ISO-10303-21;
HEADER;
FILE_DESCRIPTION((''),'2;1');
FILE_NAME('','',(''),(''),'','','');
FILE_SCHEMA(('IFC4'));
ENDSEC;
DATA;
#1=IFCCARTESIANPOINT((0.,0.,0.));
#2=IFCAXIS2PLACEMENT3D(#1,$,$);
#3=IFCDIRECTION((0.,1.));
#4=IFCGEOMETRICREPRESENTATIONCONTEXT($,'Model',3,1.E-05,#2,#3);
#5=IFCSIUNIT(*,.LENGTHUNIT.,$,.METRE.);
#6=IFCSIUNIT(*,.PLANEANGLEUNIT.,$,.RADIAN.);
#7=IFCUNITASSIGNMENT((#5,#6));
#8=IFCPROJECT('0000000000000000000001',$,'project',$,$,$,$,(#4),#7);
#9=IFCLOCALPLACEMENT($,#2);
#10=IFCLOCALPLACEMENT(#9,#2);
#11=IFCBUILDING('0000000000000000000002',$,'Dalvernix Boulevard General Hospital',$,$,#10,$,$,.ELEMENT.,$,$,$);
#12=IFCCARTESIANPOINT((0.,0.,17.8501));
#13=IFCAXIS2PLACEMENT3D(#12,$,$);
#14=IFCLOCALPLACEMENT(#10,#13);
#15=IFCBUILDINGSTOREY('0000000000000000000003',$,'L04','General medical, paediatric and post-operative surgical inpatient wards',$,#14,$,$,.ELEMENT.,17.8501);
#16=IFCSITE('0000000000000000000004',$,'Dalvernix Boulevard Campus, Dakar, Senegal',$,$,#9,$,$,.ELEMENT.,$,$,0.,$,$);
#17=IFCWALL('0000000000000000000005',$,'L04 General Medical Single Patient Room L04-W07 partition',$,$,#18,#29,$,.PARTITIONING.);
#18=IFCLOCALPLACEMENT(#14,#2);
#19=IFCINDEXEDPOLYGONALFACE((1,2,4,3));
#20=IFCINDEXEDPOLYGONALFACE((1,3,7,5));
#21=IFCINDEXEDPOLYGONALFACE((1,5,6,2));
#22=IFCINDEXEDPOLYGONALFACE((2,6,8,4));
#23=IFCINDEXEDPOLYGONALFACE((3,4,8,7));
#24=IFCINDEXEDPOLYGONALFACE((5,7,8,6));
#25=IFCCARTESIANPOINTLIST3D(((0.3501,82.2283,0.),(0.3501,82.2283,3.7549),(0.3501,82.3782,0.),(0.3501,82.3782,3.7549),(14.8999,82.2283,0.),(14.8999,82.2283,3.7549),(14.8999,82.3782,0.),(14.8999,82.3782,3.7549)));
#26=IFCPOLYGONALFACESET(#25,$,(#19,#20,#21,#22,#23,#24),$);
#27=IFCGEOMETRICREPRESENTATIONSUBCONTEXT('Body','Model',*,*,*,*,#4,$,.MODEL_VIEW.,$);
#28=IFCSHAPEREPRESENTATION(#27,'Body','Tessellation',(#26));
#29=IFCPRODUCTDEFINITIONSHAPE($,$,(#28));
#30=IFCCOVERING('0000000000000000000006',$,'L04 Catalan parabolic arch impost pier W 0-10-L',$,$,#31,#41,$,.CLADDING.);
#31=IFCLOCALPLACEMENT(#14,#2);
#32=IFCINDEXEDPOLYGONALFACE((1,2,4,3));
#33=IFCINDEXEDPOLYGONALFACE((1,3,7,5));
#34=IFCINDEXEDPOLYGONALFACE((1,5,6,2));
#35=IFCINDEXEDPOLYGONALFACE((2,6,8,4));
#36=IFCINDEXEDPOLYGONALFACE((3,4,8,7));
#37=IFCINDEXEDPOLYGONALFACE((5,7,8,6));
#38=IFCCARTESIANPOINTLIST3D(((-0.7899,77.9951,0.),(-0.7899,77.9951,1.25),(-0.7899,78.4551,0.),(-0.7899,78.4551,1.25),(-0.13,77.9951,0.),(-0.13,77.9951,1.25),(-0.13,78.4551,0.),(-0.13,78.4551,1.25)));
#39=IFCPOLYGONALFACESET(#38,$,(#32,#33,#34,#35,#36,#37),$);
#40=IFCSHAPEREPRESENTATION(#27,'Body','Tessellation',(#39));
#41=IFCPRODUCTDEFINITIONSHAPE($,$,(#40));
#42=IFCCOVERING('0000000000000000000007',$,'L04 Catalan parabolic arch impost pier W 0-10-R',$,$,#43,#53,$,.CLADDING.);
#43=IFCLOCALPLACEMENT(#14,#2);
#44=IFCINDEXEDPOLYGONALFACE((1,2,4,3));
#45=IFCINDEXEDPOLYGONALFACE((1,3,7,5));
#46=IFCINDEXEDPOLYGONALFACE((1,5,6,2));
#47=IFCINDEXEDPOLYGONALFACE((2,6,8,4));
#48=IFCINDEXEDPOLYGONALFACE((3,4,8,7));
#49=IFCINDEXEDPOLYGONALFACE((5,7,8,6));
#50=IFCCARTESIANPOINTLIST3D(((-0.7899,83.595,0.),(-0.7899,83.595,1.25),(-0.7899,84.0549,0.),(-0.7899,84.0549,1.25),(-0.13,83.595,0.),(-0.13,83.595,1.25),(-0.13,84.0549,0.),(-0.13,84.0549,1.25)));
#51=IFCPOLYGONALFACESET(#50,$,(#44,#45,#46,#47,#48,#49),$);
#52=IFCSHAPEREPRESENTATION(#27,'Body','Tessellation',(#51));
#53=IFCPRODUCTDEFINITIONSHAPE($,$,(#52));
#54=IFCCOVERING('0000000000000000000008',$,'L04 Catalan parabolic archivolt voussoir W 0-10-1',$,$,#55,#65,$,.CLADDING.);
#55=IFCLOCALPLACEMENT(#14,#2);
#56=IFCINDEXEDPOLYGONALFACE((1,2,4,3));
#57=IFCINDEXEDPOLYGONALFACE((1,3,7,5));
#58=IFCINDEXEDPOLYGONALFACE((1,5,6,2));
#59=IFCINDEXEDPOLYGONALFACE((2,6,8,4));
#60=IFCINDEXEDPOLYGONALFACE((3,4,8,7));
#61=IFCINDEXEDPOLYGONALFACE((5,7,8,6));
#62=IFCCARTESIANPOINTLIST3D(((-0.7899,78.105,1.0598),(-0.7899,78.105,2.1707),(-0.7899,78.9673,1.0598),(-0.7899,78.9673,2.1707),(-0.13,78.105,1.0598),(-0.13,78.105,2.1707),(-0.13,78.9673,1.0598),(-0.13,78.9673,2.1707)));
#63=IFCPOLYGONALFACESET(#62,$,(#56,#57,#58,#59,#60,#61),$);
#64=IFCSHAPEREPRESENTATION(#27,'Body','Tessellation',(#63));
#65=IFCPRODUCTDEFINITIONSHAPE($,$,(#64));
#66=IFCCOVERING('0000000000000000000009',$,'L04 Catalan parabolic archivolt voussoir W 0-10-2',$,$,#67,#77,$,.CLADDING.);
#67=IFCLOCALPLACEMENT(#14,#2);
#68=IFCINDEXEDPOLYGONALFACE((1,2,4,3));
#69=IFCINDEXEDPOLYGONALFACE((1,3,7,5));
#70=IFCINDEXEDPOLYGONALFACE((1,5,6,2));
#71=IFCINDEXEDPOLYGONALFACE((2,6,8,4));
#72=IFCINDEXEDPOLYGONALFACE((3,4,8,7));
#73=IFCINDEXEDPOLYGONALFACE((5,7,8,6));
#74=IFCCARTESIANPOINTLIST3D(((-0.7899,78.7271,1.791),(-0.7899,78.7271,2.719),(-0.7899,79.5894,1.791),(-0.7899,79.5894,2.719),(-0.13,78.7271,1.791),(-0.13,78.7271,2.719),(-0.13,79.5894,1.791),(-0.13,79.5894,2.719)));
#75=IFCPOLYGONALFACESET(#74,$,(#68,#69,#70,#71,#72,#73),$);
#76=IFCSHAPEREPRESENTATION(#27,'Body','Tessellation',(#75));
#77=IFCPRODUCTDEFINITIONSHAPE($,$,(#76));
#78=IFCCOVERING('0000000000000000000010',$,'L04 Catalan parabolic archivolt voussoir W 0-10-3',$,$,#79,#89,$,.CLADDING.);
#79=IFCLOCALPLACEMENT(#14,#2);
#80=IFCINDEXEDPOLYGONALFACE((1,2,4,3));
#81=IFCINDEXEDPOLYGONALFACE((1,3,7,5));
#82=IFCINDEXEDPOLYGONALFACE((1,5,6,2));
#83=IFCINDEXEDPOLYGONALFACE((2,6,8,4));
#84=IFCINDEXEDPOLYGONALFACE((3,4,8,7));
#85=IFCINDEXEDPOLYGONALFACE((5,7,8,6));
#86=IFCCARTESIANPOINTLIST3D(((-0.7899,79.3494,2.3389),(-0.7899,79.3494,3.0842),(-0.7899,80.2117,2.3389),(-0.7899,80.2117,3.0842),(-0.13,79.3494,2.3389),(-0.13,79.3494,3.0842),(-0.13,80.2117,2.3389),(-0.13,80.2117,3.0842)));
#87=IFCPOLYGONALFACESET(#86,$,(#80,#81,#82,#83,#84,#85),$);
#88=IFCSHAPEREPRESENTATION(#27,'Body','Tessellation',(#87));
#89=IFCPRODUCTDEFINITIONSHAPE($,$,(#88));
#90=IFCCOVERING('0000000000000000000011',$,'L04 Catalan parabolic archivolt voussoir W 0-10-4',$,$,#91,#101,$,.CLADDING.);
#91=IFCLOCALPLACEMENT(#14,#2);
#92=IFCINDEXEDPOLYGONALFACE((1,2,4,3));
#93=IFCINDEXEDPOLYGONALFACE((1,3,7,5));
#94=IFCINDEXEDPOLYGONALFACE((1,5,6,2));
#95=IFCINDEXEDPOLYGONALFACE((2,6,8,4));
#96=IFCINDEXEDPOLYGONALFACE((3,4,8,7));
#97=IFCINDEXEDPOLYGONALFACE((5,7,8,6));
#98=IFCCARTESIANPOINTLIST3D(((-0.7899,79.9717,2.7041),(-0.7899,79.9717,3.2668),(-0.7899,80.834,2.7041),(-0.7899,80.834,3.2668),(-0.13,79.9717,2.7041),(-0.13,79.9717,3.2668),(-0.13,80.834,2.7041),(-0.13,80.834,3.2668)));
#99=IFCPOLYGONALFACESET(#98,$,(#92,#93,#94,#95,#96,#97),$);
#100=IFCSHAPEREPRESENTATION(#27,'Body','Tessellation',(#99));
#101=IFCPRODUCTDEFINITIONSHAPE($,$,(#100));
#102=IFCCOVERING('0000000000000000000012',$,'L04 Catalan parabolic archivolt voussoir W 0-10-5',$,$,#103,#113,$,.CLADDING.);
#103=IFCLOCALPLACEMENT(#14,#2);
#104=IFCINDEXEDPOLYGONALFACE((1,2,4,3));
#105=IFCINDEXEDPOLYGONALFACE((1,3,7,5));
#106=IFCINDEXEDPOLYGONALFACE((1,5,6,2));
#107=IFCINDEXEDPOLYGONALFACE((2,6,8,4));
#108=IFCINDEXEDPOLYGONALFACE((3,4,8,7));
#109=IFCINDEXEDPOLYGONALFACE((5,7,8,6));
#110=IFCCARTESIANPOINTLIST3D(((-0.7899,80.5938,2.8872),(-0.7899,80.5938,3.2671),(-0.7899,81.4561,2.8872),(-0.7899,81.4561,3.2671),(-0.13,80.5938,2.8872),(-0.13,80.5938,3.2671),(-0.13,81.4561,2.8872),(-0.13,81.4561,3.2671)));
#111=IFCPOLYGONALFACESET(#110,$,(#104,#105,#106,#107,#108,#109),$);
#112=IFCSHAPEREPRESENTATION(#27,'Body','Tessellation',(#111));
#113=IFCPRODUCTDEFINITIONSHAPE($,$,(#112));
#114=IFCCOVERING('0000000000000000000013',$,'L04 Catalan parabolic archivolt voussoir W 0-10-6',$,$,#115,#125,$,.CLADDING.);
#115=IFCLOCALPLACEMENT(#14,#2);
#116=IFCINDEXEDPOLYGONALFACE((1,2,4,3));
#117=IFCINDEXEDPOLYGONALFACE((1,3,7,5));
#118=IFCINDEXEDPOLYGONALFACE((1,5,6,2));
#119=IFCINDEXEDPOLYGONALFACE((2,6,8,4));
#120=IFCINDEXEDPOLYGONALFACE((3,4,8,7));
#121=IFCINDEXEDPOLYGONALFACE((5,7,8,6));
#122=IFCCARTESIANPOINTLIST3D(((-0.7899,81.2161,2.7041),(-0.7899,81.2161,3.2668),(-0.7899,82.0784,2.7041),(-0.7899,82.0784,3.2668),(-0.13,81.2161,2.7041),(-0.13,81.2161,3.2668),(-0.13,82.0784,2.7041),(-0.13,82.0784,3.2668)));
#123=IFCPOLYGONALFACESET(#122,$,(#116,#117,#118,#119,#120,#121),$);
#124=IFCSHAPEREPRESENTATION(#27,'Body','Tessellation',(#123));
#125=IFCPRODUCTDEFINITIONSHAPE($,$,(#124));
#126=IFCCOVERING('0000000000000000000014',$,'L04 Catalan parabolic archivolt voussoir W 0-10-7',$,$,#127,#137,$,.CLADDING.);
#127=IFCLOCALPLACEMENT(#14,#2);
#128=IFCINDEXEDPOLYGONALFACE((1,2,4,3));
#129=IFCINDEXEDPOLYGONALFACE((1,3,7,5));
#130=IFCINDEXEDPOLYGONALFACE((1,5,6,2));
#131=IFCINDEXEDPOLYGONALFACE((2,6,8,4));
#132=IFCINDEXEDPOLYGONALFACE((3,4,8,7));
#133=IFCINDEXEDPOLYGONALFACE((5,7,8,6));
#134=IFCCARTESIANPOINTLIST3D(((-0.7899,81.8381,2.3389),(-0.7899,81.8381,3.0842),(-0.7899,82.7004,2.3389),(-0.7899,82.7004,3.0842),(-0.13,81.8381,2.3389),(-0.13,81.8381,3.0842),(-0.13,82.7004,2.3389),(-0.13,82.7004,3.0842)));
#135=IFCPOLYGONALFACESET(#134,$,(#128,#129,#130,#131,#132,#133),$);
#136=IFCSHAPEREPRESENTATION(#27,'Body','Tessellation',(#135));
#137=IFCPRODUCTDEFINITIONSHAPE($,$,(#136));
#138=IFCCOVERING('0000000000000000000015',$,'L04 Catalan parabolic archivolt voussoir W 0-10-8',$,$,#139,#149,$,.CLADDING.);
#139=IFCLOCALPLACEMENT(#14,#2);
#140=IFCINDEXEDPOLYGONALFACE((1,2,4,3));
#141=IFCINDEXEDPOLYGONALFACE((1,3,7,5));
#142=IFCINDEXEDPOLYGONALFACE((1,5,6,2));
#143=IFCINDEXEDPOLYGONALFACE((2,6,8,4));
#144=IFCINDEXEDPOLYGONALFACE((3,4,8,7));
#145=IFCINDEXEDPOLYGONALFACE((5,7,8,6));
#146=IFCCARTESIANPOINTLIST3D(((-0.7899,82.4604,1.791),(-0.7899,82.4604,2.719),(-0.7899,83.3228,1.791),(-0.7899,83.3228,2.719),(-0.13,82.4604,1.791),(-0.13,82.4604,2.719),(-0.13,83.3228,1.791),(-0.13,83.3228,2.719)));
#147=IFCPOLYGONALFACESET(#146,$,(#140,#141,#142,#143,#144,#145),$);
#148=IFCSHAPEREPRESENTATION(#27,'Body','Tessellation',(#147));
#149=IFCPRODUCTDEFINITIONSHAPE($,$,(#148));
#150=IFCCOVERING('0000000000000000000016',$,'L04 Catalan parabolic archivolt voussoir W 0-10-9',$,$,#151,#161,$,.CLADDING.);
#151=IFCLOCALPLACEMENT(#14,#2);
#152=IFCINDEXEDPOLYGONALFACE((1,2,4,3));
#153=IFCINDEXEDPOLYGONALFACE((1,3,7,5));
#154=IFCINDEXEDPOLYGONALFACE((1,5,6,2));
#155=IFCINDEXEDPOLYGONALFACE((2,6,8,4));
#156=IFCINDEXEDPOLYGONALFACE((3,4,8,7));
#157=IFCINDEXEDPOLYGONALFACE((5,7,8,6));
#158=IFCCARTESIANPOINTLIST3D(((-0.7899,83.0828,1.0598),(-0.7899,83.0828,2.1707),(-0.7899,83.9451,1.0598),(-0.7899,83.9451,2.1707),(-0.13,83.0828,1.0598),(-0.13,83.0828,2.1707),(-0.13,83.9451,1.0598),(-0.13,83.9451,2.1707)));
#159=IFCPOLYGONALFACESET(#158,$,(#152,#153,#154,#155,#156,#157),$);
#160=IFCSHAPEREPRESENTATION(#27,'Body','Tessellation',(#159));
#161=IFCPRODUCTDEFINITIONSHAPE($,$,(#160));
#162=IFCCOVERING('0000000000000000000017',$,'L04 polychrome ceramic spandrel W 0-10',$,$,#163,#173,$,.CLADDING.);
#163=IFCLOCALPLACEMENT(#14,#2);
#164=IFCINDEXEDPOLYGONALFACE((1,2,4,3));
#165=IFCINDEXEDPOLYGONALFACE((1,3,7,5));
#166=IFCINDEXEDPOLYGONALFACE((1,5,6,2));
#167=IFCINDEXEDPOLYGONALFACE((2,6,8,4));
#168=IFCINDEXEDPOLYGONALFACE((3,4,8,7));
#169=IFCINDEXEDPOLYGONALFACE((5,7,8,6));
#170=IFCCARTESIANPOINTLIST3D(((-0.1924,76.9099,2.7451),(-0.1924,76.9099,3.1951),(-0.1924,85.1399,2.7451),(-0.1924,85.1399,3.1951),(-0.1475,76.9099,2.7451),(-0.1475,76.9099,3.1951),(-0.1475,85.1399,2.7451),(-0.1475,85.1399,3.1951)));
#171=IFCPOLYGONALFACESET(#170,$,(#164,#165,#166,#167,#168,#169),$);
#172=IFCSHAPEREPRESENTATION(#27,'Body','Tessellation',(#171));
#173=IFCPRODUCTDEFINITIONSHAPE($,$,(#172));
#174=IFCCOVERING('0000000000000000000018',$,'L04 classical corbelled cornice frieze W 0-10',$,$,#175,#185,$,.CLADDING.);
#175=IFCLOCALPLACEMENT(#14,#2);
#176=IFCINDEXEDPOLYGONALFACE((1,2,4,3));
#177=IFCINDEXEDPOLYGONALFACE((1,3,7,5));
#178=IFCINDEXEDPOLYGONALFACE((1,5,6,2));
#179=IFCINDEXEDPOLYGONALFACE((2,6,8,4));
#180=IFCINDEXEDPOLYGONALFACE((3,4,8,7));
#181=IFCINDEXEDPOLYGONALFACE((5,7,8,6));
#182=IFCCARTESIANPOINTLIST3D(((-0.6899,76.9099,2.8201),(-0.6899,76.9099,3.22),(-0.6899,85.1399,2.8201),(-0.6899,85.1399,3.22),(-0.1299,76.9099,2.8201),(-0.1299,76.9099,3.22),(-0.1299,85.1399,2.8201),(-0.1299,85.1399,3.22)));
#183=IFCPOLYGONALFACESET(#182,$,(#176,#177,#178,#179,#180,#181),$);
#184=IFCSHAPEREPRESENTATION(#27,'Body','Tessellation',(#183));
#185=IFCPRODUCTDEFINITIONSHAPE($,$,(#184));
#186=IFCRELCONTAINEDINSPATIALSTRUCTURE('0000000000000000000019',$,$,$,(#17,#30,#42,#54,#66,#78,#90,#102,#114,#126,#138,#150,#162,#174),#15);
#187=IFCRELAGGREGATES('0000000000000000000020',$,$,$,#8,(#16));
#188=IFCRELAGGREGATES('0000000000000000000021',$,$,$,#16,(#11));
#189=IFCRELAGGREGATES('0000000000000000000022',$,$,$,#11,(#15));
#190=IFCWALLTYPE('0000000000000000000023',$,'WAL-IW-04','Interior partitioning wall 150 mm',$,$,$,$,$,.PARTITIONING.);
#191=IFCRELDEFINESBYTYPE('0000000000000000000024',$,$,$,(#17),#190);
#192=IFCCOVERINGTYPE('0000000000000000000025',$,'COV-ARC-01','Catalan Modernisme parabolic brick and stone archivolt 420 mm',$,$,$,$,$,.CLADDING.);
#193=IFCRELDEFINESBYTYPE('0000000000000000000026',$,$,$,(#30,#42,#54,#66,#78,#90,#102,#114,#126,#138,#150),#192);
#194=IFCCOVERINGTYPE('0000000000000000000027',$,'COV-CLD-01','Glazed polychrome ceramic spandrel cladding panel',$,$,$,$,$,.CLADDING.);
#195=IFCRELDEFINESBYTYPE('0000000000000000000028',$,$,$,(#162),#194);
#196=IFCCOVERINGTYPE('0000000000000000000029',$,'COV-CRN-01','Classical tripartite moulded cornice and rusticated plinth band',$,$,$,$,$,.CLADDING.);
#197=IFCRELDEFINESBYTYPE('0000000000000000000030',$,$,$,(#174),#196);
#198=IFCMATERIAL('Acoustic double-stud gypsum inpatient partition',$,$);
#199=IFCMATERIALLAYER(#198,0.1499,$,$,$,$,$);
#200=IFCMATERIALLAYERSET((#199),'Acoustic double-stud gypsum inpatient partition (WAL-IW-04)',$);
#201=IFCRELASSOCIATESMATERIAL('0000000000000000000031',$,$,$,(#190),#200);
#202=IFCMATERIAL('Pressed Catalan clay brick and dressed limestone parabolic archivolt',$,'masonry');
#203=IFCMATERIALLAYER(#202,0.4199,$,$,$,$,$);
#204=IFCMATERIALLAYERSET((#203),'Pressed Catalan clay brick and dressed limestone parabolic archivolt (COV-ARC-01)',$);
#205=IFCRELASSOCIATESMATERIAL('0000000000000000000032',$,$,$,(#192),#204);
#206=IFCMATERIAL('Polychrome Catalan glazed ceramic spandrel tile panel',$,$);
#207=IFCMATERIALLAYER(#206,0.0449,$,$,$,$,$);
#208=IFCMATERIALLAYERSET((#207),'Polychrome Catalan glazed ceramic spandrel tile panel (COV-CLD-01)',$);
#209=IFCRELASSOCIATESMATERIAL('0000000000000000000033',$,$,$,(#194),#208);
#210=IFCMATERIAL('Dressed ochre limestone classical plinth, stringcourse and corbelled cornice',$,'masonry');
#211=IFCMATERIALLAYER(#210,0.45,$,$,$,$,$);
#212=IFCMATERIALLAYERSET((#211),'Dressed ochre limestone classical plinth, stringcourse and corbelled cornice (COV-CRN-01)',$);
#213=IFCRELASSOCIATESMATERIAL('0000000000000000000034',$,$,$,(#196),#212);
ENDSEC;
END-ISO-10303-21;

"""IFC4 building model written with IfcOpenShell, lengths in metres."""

from ifc_helpers import new_model, si_unit, direction, frame, frame_2d, origin, origin_2d, place, context, subcontext, project, spatial, rectangle, extrude, material, layer, layer_set, type_object, element, save


model = new_model("IFC4")

# Units and contexts
model_context = context("Model", 3, precision=1e-05, world=origin(), true_north=direction((0.0, 1.0)))
body_context = subcontext(model_context, "Body", "Model", "MODEL_VIEW")
ifc_project = project(units=[si_unit("LENGTHUNIT", "METRE"), si_unit("PLANEANGLEUNIT", "RADIAN")], contexts=[model_context])

# Site, building, storey
site_placement = place(None, origin())
site = spatial("IfcSite", under=ifc_project, at=site_placement, Name="Dalvernix Boulevard Campus, Dakar, Senegal", CompositionType="ELEMENT", RefElevation=0.0)
building_placement = place(site_placement, origin())
building = spatial("IfcBuilding", under=site, at=building_placement, Name="Dalvernix Boulevard General Hospital", CompositionType="ELEMENT")
storey_placement = place(building_placement, frame((0.0, 0.0, 17.8501)))
storey = spatial("IfcBuildingStorey", under=building, at=storey_placement, Name="L04", Description="General medical, paediatric and post-operative surgical inpatient wards", CompositionType="ELEMENT", Elevation=17.8501)

# Shared definitions
ifc_material_1 = material(Name="Acoustic double-stud gypsum inpatient partition")
ifc_layer_1 = layer(ifc_material_1, 0.1499)
ifc_layer_set_1 = layer_set([ifc_layer_1], Name="Acoustic double-stud gypsum inpatient partition (WAL-IW-04)")
wall_type_1 = type_object("IfcWallType", Name="WAL-IW-04", Description="Interior partitioning wall 150 mm", PredefinedType="PARTITIONING", material=ifc_layer_set_1)

# Wall
wall_1_placement = place(storey_placement, frame((0.3501, 82.3032, 0.0), z_axis=(0.0, 0.0, 1.0), x_axis=(1.0, 0.0, 0.0)))
element("IfcWall", 1, at=wall_1_placement, inside=storey, type_object=wall_type_1, Name="L04 General Medical Single Patient Room L04-W07 partition", PredefinedType="PARTITIONING", context=body_context, shape_type="SweptSolid", body=[
    extrude(rectangle(XDim=14.5498, YDim=0.1499, at=frame_2d((7.2749, 0.0))), origin(), (0.0, 0.0, 1.0), 3.7549),
])

# Coverings
ifc_material_2 = material(Name="Pressed Catalan clay brick and dressed limestone parabolic archivolt", Category="masonry")
ifc_layer_2 = layer(ifc_material_2, 0.4199)
ifc_layer_set_2 = layer_set([ifc_layer_2], Name="Pressed Catalan clay brick and dressed limestone parabolic archivolt (COV-ARC-01)")
covering_type_1 = type_object("IfcCoveringType", Name="COV-ARC-01", Description="Catalan Modernisme parabolic brick and stone archivolt 420 mm", PredefinedType="CLADDING", material=ifc_layer_set_2)
for number, where, z_axis, x_axis, name in (
    (2, (-0.46, 78.2251, 0.0), (0.0, 0.0, 1.0), (0.0, 1.0, 0.0), "L04 Catalan parabolic arch impost pier W 0-10-L"),
    (3, (-0.46, 83.825, 0.0), (0.0, 0.0, 1.0), (0.0, 1.0, 0.0), "L04 Catalan parabolic arch impost pier W 0-10-R"),
):
    element("IfcCovering", number, at=place(storey_placement, frame(where, z_axis=z_axis, x_axis=x_axis)), inside=storey, type_object=covering_type_1, Name=name, PredefinedType="CLADDING", context=body_context, shape_type="SweptSolid", body=[
        extrude(rectangle(XDim=0.46, YDim=0.6599, at=origin_2d()), origin(), (0.0, 0.0, 1.0), 1.25),
    ])
covering_1_placement = place(storey_placement, frame((-0.46, 78.5361, 1.0598), z_axis=(0.0, 0.0, 1.0), x_axis=(0.0, 1.0, 0.0)))
element("IfcCovering", 4, at=covering_1_placement, inside=storey, type_object=covering_type_1, Name="L04 Catalan parabolic archivolt voussoir W 0-10-1", PredefinedType="CLADDING", context=body_context, shape_type="SweptSolid", body=[
    extrude(rectangle(XDim=0.8623, YDim=0.6599, at=origin_2d()), origin(), (0.0, 0.0, 1.0), 1.1108),
])
covering_2_placement = place(storey_placement, frame((-0.46, 79.1582, 1.791), z_axis=(0.0, 0.0, 1.0), x_axis=(0.0, 1.0, 0.0)))
element("IfcCovering", 5, at=covering_2_placement, inside=storey, type_object=covering_type_1, Name="L04 Catalan parabolic archivolt voussoir W 0-10-2", PredefinedType="CLADDING", context=body_context, shape_type="SweptSolid", body=[
    extrude(rectangle(XDim=0.8623, YDim=0.6599, at=origin_2d()), origin(), (0.0, 0.0, 1.0), 0.928),
])
covering_3_placement = place(storey_placement, frame((-0.46, 79.7805, 2.3389), z_axis=(0.0, 0.0, 1.0), x_axis=(0.0, 1.0, 0.0)))
element("IfcCovering", 6, at=covering_3_placement, inside=storey, type_object=covering_type_1, Name="L04 Catalan parabolic archivolt voussoir W 0-10-3", PredefinedType="CLADDING", context=body_context, shape_type="SweptSolid", body=[
    extrude(rectangle(XDim=0.8623, YDim=0.6599, at=origin_2d()), origin(), (0.0, 0.0, 1.0), 0.7454),
])
covering_4_placement = place(storey_placement, frame((-0.46, 80.4028, 2.7041), z_axis=(0.0, 0.0, 1.0), x_axis=(0.0, 1.0, 0.0)))
element("IfcCovering", 7, at=covering_4_placement, inside=storey, type_object=covering_type_1, Name="L04 Catalan parabolic archivolt voussoir W 0-10-4", PredefinedType="CLADDING", context=body_context, shape_type="SweptSolid", body=[
    extrude(rectangle(XDim=0.8623, YDim=0.6599, at=origin_2d()), origin(), (0.0, 0.0, 1.0), 0.5627),
])
covering_5_placement = place(storey_placement, frame((-0.46, 81.0249, 2.8872), z_axis=(0.0, 0.0, 1.0), x_axis=(0.0, 1.0, 0.0)))
element("IfcCovering", 8, at=covering_5_placement, inside=storey, type_object=covering_type_1, Name="L04 Catalan parabolic archivolt voussoir W 0-10-5", PredefinedType="CLADDING", context=body_context, shape_type="SweptSolid", body=[
    extrude(rectangle(XDim=0.8623, YDim=0.6599, at=origin_2d()), origin(), (0.0, 0.0, 1.0), 0.3799),
])
covering_6_placement = place(storey_placement, frame((-0.46, 81.6472, 2.7041), z_axis=(0.0, 0.0, 1.0), x_axis=(0.0, 1.0, 0.0)))
element("IfcCovering", 9, at=covering_6_placement, inside=storey, type_object=covering_type_1, Name="L04 Catalan parabolic archivolt voussoir W 0-10-6", PredefinedType="CLADDING", context=body_context, shape_type="SweptSolid", body=[
    extrude(rectangle(XDim=0.8623, YDim=0.6599, at=origin_2d()), origin(), (0.0, 0.0, 1.0), 0.5627),
])
covering_7_placement = place(storey_placement, frame((-0.46, 82.2693, 2.3389), z_axis=(0.0, 0.0, 1.0), x_axis=(0.0, 1.0, 0.0)))
element("IfcCovering", 10, at=covering_7_placement, inside=storey, type_object=covering_type_1, Name="L04 Catalan parabolic archivolt voussoir W 0-10-7", PredefinedType="CLADDING", context=body_context, shape_type="SweptSolid", body=[
    extrude(rectangle(XDim=0.8623, YDim=0.6599, at=origin_2d()), origin(), (0.0, 0.0, 1.0), 0.7454),
])
covering_8_placement = place(storey_placement, frame((-0.46, 82.8916, 1.791), z_axis=(0.0, 0.0, 1.0), x_axis=(0.0, 1.0, 0.0)))
element("IfcCovering", 11, at=covering_8_placement, inside=storey, type_object=covering_type_1, Name="L04 Catalan parabolic archivolt voussoir W 0-10-8", PredefinedType="CLADDING", context=body_context, shape_type="SweptSolid", body=[
    extrude(rectangle(XDim=0.8623, YDim=0.6599, at=origin_2d()), origin(), (0.0, 0.0, 1.0), 0.928),
])
covering_9_placement = place(storey_placement, frame((-0.46, 83.5139, 1.0598), z_axis=(0.0, 0.0, 1.0), x_axis=(0.0, 1.0, 0.0)))
element("IfcCovering", 12, at=covering_9_placement, inside=storey, type_object=covering_type_1, Name="L04 Catalan parabolic archivolt voussoir W 0-10-9", PredefinedType="CLADDING", context=body_context, shape_type="SweptSolid", body=[
    extrude(rectangle(XDim=0.8623, YDim=0.6599, at=origin_2d()), origin(), (0.0, 0.0, 1.0), 1.1108),
])
ifc_material_3 = material(Name="Polychrome Catalan glazed ceramic spandrel tile panel")
ifc_layer_3 = layer(ifc_material_3, 0.0449)
ifc_layer_set_3 = layer_set([ifc_layer_3], Name="Polychrome Catalan glazed ceramic spandrel tile panel (COV-CLD-01)")
covering_type_2 = type_object("IfcCoveringType", Name="COV-CLD-01", Description="Glazed polychrome ceramic spandrel cladding panel", PredefinedType="CLADDING", material=ifc_layer_set_3)
covering_10_placement = place(storey_placement, frame((-0.1699, 81.0249, 2.7451), z_axis=(0.0, 0.0, 1.0), x_axis=(0.0, 1.0, 0.0)))
element("IfcCovering", 13, at=covering_10_placement, inside=storey, type_object=covering_type_2, Name="L04 polychrome ceramic spandrel W 0-10", PredefinedType="CLADDING", context=body_context, shape_type="SweptSolid", body=[
    extrude(rectangle(XDim=8.23, YDim=0.0449, at=origin_2d()), origin(), (0.0, 0.0, 1.0), 0.45),
])
ifc_material_4 = material(Name="Dressed ochre limestone classical plinth, stringcourse and corbelled cornice", Category="masonry")
ifc_layer_4 = layer(ifc_material_4, 0.45)
ifc_layer_set_4 = layer_set([ifc_layer_4], Name="Dressed ochre limestone classical plinth, stringcourse and corbelled cornice (COV-CRN-01)")
covering_type_3 = type_object("IfcCoveringType", Name="COV-CRN-01", Description="Classical tripartite moulded cornice and rusticated plinth band", PredefinedType="CLADDING", material=ifc_layer_set_4)
covering_11_placement = place(storey_placement, frame((-0.4099, 81.0249, 2.8201), z_axis=(0.0, 0.0, 1.0), x_axis=(0.0, 1.0, 0.0)))
element("IfcCovering", 14, at=covering_11_placement, inside=storey, type_object=covering_type_3, Name="L04 classical corbelled cornice frieze W 0-10", PredefinedType="CLADDING", context=body_context, shape_type="SweptSolid", body=[
    extrude(rectangle(XDim=8.23, YDim=0.5601, at=origin_2d()), origin(), (0.0, 0.0, 1.0), 0.3999),
])

save(model, "model.ifc")
